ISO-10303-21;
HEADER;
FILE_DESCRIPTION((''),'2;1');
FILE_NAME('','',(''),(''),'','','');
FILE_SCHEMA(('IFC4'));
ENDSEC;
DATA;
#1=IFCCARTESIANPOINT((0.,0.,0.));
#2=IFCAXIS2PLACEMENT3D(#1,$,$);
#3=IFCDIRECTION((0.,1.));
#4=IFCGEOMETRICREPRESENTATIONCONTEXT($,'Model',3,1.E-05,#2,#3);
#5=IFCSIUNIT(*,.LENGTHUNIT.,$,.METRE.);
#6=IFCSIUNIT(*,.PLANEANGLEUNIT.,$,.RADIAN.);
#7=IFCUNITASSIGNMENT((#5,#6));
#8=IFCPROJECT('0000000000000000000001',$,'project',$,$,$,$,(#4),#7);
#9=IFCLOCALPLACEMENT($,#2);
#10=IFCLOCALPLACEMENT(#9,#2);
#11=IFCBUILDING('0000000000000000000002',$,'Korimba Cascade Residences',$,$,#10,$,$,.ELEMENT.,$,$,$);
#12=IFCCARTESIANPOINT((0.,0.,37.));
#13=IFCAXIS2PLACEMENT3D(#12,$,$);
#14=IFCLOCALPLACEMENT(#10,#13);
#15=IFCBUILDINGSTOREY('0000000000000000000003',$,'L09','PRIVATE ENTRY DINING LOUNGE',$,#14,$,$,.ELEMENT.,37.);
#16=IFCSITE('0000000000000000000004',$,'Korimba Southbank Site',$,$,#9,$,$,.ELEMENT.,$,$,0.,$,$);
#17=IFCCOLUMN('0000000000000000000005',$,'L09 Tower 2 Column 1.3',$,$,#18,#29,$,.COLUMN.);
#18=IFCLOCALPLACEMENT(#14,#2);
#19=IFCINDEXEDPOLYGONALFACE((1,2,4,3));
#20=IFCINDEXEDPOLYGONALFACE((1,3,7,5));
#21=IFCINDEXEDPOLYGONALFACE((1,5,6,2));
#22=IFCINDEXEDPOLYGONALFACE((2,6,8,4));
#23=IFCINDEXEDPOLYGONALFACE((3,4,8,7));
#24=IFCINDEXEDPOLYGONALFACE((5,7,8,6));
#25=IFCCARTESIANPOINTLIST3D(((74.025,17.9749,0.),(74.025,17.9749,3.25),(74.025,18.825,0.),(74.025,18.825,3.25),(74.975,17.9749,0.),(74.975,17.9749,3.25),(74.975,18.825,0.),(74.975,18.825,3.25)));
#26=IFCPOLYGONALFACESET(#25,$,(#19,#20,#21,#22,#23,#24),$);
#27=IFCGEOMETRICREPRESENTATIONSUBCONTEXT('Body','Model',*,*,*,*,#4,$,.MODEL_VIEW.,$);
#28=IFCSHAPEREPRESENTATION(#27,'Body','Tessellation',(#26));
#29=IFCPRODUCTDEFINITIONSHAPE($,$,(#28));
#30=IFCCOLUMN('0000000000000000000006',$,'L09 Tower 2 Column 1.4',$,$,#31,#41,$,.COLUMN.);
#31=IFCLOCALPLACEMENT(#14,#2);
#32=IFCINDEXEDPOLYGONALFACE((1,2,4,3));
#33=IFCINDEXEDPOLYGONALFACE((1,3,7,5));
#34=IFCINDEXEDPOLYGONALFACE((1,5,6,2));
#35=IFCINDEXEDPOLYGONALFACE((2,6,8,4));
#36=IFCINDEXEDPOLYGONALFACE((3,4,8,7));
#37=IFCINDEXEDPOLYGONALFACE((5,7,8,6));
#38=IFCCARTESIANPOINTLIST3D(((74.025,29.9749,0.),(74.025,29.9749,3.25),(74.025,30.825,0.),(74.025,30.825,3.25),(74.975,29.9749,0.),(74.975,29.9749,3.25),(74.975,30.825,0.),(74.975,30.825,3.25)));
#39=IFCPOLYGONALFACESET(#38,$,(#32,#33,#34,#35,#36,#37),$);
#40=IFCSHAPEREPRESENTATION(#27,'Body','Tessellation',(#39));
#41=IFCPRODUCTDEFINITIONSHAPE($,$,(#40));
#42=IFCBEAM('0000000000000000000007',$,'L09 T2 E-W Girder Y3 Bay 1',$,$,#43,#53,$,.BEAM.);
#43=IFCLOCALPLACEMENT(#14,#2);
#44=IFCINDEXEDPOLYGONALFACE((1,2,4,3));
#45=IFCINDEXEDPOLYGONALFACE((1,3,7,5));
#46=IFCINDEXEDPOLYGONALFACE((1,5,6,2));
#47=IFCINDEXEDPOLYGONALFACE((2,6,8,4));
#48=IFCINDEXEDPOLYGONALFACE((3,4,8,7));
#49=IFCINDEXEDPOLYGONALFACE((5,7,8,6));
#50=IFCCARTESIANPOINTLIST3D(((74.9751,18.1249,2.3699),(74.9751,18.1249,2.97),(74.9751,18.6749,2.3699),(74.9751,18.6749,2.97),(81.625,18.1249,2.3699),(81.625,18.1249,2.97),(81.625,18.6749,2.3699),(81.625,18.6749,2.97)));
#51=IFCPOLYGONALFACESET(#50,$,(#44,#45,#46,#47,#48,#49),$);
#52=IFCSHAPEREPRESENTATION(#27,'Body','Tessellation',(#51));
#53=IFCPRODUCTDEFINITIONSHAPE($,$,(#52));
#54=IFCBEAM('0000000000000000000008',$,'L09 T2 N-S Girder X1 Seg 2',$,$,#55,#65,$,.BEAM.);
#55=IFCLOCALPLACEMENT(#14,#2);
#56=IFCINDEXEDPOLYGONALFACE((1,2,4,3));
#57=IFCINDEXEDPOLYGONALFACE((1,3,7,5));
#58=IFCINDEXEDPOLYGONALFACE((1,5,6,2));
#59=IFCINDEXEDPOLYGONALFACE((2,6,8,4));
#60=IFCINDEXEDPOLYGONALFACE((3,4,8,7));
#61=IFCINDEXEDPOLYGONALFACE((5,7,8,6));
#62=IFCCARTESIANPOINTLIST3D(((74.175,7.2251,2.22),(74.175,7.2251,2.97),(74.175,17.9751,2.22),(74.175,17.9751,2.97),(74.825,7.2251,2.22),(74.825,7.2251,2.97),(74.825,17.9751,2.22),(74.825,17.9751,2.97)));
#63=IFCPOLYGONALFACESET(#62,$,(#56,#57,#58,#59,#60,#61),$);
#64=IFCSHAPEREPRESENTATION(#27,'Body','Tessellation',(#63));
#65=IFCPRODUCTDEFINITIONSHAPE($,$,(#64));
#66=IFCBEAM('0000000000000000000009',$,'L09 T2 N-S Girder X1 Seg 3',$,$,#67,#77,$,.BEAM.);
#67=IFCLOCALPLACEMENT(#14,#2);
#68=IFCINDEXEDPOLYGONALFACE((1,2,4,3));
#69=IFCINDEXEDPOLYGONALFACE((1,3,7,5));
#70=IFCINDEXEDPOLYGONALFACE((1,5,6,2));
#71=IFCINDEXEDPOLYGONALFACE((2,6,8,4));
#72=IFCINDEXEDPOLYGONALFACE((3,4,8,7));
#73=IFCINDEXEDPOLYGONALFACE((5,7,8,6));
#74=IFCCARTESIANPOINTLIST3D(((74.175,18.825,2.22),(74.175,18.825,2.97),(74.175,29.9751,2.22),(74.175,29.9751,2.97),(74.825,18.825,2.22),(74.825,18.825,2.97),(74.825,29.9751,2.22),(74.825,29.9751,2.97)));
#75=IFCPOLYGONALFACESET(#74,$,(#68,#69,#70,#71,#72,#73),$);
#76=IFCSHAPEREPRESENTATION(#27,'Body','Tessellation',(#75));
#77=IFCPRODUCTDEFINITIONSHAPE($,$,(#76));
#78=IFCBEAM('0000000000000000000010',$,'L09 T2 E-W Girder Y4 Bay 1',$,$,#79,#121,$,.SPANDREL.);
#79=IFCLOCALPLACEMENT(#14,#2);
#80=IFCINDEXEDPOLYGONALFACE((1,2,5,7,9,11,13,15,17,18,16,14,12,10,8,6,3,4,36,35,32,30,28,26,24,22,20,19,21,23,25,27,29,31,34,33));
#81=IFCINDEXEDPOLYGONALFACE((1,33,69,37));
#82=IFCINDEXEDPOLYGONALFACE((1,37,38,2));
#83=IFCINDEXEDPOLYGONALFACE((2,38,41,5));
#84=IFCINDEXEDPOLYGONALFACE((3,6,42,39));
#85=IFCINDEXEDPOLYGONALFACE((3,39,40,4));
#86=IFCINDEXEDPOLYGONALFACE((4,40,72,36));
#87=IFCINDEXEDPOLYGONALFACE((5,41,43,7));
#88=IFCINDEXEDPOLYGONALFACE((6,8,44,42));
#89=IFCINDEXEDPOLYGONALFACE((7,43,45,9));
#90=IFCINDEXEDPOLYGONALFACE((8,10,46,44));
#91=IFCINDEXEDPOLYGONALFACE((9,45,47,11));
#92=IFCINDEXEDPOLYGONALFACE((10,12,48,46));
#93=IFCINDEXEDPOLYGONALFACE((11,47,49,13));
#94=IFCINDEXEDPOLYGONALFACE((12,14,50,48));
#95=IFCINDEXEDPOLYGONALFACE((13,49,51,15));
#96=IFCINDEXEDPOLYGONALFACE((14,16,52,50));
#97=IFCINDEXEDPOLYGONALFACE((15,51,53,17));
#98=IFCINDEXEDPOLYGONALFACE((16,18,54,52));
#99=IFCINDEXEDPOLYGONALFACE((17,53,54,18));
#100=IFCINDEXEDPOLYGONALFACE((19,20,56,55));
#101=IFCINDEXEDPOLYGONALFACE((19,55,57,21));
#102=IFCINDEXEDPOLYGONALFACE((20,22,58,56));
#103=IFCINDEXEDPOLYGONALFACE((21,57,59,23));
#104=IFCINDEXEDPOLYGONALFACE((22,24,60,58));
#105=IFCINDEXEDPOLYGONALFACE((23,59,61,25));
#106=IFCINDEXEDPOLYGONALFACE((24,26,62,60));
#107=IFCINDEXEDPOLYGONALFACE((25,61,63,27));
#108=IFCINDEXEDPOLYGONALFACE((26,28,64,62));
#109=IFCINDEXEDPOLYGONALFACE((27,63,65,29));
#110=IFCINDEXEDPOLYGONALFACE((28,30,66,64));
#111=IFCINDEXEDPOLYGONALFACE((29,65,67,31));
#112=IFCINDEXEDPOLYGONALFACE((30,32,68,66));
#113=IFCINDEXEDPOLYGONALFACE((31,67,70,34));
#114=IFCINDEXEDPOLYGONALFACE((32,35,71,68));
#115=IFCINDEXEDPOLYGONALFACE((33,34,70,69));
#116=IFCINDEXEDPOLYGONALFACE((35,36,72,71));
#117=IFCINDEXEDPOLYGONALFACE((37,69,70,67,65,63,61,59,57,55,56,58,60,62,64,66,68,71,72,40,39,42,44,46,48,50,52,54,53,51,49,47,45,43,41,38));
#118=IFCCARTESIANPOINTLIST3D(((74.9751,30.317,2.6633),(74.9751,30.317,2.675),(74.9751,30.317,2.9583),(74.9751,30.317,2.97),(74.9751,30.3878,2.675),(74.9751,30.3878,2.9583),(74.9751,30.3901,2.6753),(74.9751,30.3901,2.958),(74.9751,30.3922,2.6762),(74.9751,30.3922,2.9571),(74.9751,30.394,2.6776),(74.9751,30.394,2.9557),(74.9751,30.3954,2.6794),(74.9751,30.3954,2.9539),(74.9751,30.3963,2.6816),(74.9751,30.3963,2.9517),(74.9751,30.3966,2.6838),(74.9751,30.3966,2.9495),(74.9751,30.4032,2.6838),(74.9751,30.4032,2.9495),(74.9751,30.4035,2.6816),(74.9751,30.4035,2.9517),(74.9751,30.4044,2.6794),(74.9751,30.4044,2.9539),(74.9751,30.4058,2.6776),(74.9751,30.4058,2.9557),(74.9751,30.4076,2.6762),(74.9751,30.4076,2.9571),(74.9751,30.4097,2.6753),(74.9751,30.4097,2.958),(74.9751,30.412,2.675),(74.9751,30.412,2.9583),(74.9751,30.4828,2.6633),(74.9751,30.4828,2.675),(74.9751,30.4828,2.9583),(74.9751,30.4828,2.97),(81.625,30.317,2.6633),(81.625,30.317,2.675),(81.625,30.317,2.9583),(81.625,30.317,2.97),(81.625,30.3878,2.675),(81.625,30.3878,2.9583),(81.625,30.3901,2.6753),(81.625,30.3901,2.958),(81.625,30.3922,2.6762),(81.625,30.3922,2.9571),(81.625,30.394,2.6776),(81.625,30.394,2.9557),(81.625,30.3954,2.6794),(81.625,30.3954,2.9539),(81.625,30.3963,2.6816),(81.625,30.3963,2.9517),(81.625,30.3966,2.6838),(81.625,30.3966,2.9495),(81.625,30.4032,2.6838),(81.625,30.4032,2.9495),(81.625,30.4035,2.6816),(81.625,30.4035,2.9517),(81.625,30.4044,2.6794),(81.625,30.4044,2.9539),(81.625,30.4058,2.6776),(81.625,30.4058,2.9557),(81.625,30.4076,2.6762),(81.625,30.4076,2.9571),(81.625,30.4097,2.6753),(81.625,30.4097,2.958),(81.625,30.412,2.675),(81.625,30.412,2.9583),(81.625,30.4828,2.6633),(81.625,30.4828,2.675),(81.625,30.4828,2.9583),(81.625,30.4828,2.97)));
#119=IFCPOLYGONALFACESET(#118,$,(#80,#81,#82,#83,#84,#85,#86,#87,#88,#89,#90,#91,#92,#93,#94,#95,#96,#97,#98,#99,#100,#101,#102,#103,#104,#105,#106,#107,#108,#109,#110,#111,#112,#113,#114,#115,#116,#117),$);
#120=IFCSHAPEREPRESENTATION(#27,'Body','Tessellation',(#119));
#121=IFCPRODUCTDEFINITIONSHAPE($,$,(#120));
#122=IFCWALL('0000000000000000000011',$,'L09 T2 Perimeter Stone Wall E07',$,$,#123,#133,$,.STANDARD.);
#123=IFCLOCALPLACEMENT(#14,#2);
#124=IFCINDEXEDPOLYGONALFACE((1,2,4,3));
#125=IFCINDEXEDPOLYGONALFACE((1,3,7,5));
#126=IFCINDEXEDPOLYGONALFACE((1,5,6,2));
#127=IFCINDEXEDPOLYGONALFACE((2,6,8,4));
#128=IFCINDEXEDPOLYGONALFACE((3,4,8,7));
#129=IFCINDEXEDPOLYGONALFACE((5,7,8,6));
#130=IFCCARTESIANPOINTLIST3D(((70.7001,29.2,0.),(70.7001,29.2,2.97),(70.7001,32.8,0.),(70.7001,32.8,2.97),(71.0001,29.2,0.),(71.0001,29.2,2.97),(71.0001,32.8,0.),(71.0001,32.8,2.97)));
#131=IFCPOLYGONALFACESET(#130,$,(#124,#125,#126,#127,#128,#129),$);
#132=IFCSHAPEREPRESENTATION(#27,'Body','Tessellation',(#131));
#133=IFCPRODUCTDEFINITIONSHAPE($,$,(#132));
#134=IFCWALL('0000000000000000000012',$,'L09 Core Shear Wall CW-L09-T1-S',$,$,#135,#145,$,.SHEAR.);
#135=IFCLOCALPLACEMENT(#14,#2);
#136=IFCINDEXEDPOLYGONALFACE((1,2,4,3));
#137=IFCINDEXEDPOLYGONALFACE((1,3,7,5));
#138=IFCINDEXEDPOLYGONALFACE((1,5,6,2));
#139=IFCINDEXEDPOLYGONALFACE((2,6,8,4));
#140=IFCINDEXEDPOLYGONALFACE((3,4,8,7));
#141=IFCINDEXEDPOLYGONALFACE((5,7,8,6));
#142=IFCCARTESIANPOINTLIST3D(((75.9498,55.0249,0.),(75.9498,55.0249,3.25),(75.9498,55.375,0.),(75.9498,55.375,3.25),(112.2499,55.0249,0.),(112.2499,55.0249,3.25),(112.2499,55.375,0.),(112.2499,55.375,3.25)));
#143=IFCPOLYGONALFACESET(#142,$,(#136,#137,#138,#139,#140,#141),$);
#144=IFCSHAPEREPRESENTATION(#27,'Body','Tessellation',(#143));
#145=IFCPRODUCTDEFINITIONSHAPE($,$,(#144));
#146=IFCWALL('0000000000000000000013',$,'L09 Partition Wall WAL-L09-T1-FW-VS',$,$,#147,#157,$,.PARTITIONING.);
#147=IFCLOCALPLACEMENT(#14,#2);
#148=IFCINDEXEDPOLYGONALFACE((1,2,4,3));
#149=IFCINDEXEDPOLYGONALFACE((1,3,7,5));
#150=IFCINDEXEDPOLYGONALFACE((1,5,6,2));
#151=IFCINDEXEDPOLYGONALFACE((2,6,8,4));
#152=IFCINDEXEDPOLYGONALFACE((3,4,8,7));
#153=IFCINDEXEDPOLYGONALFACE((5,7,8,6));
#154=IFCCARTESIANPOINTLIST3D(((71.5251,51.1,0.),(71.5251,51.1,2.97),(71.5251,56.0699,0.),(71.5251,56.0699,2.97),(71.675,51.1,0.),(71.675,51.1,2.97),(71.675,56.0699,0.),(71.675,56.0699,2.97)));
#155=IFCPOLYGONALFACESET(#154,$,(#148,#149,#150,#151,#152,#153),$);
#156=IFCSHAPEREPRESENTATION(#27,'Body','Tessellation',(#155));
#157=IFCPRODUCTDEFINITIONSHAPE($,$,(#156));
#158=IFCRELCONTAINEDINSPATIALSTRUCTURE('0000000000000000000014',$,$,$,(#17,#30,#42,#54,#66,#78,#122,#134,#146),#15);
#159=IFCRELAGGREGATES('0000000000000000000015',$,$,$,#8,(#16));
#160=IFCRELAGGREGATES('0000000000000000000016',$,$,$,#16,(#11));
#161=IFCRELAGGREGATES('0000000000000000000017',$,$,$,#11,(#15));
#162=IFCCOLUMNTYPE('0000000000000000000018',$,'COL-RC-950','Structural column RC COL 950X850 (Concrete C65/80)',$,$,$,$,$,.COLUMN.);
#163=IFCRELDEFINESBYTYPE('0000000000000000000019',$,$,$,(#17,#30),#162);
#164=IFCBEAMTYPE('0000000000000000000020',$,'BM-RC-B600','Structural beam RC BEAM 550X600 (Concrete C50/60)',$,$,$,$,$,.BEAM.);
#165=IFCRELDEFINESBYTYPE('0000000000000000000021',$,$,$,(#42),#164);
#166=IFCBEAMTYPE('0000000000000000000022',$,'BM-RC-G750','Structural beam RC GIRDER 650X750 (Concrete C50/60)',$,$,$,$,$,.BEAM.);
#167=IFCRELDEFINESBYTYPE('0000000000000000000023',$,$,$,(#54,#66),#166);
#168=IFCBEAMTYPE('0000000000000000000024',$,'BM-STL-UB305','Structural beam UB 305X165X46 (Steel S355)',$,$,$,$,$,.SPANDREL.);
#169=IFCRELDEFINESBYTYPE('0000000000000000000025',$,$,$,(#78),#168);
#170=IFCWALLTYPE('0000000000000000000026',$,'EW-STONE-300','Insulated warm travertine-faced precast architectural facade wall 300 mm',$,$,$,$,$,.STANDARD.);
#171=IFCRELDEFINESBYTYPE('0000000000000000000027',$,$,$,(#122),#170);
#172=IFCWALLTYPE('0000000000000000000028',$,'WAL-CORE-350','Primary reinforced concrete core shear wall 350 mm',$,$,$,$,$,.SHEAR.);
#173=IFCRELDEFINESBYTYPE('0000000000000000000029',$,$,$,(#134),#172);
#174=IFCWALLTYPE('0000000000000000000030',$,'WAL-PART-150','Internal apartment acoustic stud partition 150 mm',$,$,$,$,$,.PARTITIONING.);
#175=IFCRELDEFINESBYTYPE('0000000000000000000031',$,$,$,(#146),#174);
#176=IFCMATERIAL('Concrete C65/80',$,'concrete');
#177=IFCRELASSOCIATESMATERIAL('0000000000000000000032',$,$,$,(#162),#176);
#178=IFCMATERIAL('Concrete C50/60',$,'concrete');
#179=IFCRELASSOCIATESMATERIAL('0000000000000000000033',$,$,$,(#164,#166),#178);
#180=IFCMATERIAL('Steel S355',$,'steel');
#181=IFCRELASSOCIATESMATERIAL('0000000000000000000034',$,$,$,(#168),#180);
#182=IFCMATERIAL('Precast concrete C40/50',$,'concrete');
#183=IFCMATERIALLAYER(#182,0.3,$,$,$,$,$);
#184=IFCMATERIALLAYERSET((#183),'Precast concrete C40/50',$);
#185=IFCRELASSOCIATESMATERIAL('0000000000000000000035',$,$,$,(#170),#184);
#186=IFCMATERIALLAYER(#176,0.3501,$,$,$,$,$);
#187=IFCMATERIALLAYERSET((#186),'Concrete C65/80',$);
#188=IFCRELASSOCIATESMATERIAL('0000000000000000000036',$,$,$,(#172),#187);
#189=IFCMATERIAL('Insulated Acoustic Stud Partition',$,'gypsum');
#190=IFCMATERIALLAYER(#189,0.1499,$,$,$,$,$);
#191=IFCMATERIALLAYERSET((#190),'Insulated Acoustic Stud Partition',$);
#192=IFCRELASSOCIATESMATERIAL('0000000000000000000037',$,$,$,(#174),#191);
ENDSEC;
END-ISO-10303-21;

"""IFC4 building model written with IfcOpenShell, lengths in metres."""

from ifc_helpers import new_model, si_unit, direction, frame, frame_2d, origin, origin_2d, place, context, subcontext, project, spatial, rectangle, i_section, extrude, material, layer, layer_set, material_profile, profile_set, type_object, element, save


model = new_model("IFC4")

# Units and contexts
model_context = context("Model", 3, precision=1e-05, world=origin(), true_north=direction((0.0, 1.0)))
body_context = subcontext(model_context, "Body", "Model", "MODEL_VIEW")
ifc_project = project(units=[si_unit("LENGTHUNIT", "METRE"), si_unit("PLANEANGLEUNIT", "RADIAN")], contexts=[model_context])

# Site, building, storey
site_placement = place(None, origin())
site = spatial("IfcSite", under=ifc_project, at=site_placement, Name="Korimba Southbank Site", CompositionType="ELEMENT", RefElevation=0.0)
building_placement = place(site_placement, origin())
building = spatial("IfcBuilding", under=site, at=building_placement, Name="Korimba Cascade Residences", CompositionType="ELEMENT")
storey_placement = place(building_placement, frame((0.0, 0.0, 37.0)))
storey = spatial("IfcBuildingStorey", under=building, at=storey_placement, Name="L09", Description="PRIVATE ENTRY DINING LOUNGE", CompositionType="ELEMENT", Elevation=37.0)

# Columns
ifc_material_1 = material(Name="Concrete C65/80", Category="concrete")
ifc_material_profile_1 = material_profile(ifc_material_1, rectangle(XDim=0.95, YDim=0.8501, at=origin_2d()), Name="Concrete C65/80")
ifc_profile_set_1 = profile_set([ifc_material_profile_1], Name="Concrete C65/80")
column_type = type_object("IfcColumnType", Name="COL-RC-950", Description="Structural column RC COL 950X850 (Concrete C65/80)", PredefinedType="COLUMN", material=ifc_profile_set_1)
for number, where, z_axis, x_axis, name in (
    (1, (74.5, 18.3999, 0.0), (0.0, 0.0, 1.0), (1.0, 0.0, 0.0), "L09 Tower 2 Column 1.3"),
    (2, (74.5, 30.3999, 0.0), (0.0, 0.0, 1.0), (1.0, 0.0, 0.0), "L09 Tower 2 Column 1.4"),
):
    element("IfcColumn", number, at=place(storey_placement, frame(where, z_axis=z_axis, x_axis=x_axis)), inside=storey, type_object=column_type, Name=name, PredefinedType="COLUMN", context=body_context, shape_type="SweptSolid", body=[
        extrude(rectangle(XDim=0.95, YDim=0.8501, at=origin_2d()), origin(), (0.0, 0.0, 1.0), 3.25),
    ])

# Beams
ifc_material_2 = material(Name="Concrete C50/60", Category="concrete")
ifc_material_profile_2 = material_profile(ifc_material_2, rectangle(XDim=0.55, YDim=0.6001, at=origin_2d()), Name="Concrete C50/60")
ifc_profile_set_2 = profile_set([ifc_material_profile_2], Name="Concrete C50/60")
beam_type_1 = type_object("IfcBeamType", Name="BM-RC-B600", Description="Structural beam RC BEAM 550X600 (Concrete C50/60)", PredefinedType="BEAM", material=ifc_profile_set_2)
beam_1_placement = place(storey_placement, frame((74.9751, 18.3999, 2.6699), z_axis=(1.0, 0.0, 0.0), x_axis=(0.0, 1.0, 0.0)))
element("IfcBeam", 3, at=beam_1_placement, inside=storey, type_object=beam_type_1, Name="L09 T2 E-W Girder Y3 Bay 1", PredefinedType="BEAM", context=body_context, shape_type="SweptSolid", body=[
    extrude(rectangle(XDim=0.55, YDim=0.6001, at=origin_2d()), origin(), (0.0, 0.0, 1.0), 6.6499),
])
ifc_material_profile_3 = material_profile(ifc_material_2, rectangle(XDim=0.6499, YDim=0.75, at=origin_2d()), Name="Concrete C50/60")
ifc_profile_set_3 = profile_set([ifc_material_profile_3], Name="Concrete C50/60")
beam_type_2 = type_object("IfcBeamType", Name="BM-RC-G750", Description="Structural beam RC GIRDER 650X750 (Concrete C50/60)", PredefinedType="BEAM", material=ifc_profile_set_3)
beam_2_placement = place(storey_placement, frame((74.5, 7.2251, 2.595), z_axis=(0.0, 1.0, 0.0), x_axis=(-1.0, 0.0, 0.0)))
element("IfcBeam", 4, at=beam_2_placement, inside=storey, type_object=beam_type_2, Name="L09 T2 N-S Girder X1 Seg 2", PredefinedType="BEAM", context=body_context, shape_type="SweptSolid", body=[
    extrude(rectangle(XDim=0.6499, YDim=0.75, at=origin_2d()), origin(), (0.0, 0.0, 1.0), 10.75),
])
beam_3_placement = place(storey_placement, frame((74.5, 18.825, 2.595), z_axis=(0.0, 1.0, 0.0), x_axis=(-1.0, 0.0, 0.0)))
element("IfcBeam", 5, at=beam_3_placement, inside=storey, type_object=beam_type_2, Name="L09 T2 N-S Girder X1 Seg 3", PredefinedType="BEAM", context=body_context, shape_type="SweptSolid", body=[
    extrude(rectangle(XDim=0.6499, YDim=0.75, at=origin_2d()), origin(), (0.0, 0.0, 1.0), 11.1501),
])
ifc_material_3 = material(Name="Steel S355", Category="steel")
ifc_material_profile_4 = material_profile(ifc_material_3, i_section(OverallWidth=0.1658, OverallDepth=0.3066, WebThickness=0.0066, FlangeThickness=0.0117, FilletRadius=0.0088, at=origin_2d()), Name="Steel S355")
ifc_profile_set_4 = profile_set([ifc_material_profile_4], Name="Steel S355")
beam_type_3 = type_object("IfcBeamType", Name="BM-STL-UB305", Description="Structural beam UB 305X165X46 (Steel S355)", PredefinedType="SPANDREL", material=ifc_profile_set_4)
beam_4_placement = place(storey_placement, frame((74.9751, 30.3999, 2.8167), z_axis=(1.0, 0.0, 0.0), x_axis=(0.0, 1.0, 0.0)))
element("IfcBeam", 6, at=beam_4_placement, inside=storey, type_object=beam_type_3, Name="L09 T2 E-W Girder Y4 Bay 1", PredefinedType="SPANDREL", context=body_context, shape_type="SweptSolid", body=[
    extrude(i_section(OverallWidth=0.1658, OverallDepth=0.3066, WebThickness=0.0066, FlangeThickness=0.0117, FilletRadius=0.0088, at=origin_2d()), origin(), (0.0, 0.0, 1.0), 6.6499),
])

# Walls
ifc_material_4 = material(Name="Precast concrete C40/50", Category="concrete")
ifc_layer_1 = layer(ifc_material_4, 0.3)
ifc_layer_set_1 = layer_set([ifc_layer_1], Name="Precast concrete C40/50")
wall_type_1 = type_object("IfcWallType", Name="EW-STONE-300", Description="Insulated warm travertine-faced precast architectural facade wall 300 mm", PredefinedType="STANDARD", material=ifc_layer_set_1)
wall_1_placement = place(storey_placement, frame((70.8501, 32.8, 0.0), z_axis=(0.0, 0.0, 1.0), x_axis=(0.0, -1.0, 0.0)))
element("IfcWall", 7, at=wall_1_placement, inside=storey, type_object=wall_type_1, Name="L09 T2 Perimeter Stone Wall E07", PredefinedType="STANDARD", context=body_context, shape_type="SweptSolid", body=[
    extrude(rectangle(XDim=3.6001, YDim=0.3, at=frame_2d((1.8, 0.0))), origin(), (0.0, 0.0, 1.0), 2.97),
])
ifc_layer_2 = layer(ifc_material_1, 0.3501)
ifc_layer_set_2 = layer_set([ifc_layer_2], Name="Concrete C65/80")
wall_type_2 = type_object("IfcWallType", Name="WAL-CORE-350", Description="Primary reinforced concrete core shear wall 350 mm", PredefinedType="SHEAR", material=ifc_layer_set_2)
wall_2_placement = place(storey_placement, frame((75.95, 55.2, 0.0), z_axis=(0.0, 0.0, 1.0), x_axis=(1.0, 0.0, 0.0)))
element("IfcWall", 8, at=wall_2_placement, inside=storey, type_object=wall_type_2, Name="L09 Core Shear Wall CW-L09-T1-S", PredefinedType="SHEAR", context=body_context, shape_type="SweptSolid", body=[
    extrude(rectangle(XDim=36.3, YDim=0.3501, at=frame_2d((18.1499, 0.0))), origin(), (0.0, 0.0, 1.0), 3.25),
])
ifc_material_5 = material(Name="Insulated Acoustic Stud Partition", Category="gypsum")
ifc_layer_3 = layer(ifc_material_5, 0.1499)
ifc_layer_set_3 = layer_set([ifc_layer_3], Name="Insulated Acoustic Stud Partition")
wall_type_3 = type_object("IfcWallType", Name="WAL-PART-150", Description="Internal apartment acoustic stud partition 150 mm", PredefinedType="PARTITIONING", material=ifc_layer_set_3)
wall_3_placement = place(storey_placement, frame((71.6001, 51.1001, 0.0), z_axis=(0.0, 0.0, 1.0), x_axis=(0.0, 1.0, 0.0)))
element("IfcWall", 9, at=wall_3_placement, inside=storey, type_object=wall_type_3, Name="L09 Partition Wall WAL-L09-T1-FW-VS", PredefinedType="PARTITIONING", context=body_context, shape_type="SweptSolid", body=[
    extrude(rectangle(XDim=4.97, YDim=0.1499, at=frame_2d((2.4849, 0.0))), origin(), (0.0, 0.0, 1.0), 2.97),
])

save(model, "model.ifc")
